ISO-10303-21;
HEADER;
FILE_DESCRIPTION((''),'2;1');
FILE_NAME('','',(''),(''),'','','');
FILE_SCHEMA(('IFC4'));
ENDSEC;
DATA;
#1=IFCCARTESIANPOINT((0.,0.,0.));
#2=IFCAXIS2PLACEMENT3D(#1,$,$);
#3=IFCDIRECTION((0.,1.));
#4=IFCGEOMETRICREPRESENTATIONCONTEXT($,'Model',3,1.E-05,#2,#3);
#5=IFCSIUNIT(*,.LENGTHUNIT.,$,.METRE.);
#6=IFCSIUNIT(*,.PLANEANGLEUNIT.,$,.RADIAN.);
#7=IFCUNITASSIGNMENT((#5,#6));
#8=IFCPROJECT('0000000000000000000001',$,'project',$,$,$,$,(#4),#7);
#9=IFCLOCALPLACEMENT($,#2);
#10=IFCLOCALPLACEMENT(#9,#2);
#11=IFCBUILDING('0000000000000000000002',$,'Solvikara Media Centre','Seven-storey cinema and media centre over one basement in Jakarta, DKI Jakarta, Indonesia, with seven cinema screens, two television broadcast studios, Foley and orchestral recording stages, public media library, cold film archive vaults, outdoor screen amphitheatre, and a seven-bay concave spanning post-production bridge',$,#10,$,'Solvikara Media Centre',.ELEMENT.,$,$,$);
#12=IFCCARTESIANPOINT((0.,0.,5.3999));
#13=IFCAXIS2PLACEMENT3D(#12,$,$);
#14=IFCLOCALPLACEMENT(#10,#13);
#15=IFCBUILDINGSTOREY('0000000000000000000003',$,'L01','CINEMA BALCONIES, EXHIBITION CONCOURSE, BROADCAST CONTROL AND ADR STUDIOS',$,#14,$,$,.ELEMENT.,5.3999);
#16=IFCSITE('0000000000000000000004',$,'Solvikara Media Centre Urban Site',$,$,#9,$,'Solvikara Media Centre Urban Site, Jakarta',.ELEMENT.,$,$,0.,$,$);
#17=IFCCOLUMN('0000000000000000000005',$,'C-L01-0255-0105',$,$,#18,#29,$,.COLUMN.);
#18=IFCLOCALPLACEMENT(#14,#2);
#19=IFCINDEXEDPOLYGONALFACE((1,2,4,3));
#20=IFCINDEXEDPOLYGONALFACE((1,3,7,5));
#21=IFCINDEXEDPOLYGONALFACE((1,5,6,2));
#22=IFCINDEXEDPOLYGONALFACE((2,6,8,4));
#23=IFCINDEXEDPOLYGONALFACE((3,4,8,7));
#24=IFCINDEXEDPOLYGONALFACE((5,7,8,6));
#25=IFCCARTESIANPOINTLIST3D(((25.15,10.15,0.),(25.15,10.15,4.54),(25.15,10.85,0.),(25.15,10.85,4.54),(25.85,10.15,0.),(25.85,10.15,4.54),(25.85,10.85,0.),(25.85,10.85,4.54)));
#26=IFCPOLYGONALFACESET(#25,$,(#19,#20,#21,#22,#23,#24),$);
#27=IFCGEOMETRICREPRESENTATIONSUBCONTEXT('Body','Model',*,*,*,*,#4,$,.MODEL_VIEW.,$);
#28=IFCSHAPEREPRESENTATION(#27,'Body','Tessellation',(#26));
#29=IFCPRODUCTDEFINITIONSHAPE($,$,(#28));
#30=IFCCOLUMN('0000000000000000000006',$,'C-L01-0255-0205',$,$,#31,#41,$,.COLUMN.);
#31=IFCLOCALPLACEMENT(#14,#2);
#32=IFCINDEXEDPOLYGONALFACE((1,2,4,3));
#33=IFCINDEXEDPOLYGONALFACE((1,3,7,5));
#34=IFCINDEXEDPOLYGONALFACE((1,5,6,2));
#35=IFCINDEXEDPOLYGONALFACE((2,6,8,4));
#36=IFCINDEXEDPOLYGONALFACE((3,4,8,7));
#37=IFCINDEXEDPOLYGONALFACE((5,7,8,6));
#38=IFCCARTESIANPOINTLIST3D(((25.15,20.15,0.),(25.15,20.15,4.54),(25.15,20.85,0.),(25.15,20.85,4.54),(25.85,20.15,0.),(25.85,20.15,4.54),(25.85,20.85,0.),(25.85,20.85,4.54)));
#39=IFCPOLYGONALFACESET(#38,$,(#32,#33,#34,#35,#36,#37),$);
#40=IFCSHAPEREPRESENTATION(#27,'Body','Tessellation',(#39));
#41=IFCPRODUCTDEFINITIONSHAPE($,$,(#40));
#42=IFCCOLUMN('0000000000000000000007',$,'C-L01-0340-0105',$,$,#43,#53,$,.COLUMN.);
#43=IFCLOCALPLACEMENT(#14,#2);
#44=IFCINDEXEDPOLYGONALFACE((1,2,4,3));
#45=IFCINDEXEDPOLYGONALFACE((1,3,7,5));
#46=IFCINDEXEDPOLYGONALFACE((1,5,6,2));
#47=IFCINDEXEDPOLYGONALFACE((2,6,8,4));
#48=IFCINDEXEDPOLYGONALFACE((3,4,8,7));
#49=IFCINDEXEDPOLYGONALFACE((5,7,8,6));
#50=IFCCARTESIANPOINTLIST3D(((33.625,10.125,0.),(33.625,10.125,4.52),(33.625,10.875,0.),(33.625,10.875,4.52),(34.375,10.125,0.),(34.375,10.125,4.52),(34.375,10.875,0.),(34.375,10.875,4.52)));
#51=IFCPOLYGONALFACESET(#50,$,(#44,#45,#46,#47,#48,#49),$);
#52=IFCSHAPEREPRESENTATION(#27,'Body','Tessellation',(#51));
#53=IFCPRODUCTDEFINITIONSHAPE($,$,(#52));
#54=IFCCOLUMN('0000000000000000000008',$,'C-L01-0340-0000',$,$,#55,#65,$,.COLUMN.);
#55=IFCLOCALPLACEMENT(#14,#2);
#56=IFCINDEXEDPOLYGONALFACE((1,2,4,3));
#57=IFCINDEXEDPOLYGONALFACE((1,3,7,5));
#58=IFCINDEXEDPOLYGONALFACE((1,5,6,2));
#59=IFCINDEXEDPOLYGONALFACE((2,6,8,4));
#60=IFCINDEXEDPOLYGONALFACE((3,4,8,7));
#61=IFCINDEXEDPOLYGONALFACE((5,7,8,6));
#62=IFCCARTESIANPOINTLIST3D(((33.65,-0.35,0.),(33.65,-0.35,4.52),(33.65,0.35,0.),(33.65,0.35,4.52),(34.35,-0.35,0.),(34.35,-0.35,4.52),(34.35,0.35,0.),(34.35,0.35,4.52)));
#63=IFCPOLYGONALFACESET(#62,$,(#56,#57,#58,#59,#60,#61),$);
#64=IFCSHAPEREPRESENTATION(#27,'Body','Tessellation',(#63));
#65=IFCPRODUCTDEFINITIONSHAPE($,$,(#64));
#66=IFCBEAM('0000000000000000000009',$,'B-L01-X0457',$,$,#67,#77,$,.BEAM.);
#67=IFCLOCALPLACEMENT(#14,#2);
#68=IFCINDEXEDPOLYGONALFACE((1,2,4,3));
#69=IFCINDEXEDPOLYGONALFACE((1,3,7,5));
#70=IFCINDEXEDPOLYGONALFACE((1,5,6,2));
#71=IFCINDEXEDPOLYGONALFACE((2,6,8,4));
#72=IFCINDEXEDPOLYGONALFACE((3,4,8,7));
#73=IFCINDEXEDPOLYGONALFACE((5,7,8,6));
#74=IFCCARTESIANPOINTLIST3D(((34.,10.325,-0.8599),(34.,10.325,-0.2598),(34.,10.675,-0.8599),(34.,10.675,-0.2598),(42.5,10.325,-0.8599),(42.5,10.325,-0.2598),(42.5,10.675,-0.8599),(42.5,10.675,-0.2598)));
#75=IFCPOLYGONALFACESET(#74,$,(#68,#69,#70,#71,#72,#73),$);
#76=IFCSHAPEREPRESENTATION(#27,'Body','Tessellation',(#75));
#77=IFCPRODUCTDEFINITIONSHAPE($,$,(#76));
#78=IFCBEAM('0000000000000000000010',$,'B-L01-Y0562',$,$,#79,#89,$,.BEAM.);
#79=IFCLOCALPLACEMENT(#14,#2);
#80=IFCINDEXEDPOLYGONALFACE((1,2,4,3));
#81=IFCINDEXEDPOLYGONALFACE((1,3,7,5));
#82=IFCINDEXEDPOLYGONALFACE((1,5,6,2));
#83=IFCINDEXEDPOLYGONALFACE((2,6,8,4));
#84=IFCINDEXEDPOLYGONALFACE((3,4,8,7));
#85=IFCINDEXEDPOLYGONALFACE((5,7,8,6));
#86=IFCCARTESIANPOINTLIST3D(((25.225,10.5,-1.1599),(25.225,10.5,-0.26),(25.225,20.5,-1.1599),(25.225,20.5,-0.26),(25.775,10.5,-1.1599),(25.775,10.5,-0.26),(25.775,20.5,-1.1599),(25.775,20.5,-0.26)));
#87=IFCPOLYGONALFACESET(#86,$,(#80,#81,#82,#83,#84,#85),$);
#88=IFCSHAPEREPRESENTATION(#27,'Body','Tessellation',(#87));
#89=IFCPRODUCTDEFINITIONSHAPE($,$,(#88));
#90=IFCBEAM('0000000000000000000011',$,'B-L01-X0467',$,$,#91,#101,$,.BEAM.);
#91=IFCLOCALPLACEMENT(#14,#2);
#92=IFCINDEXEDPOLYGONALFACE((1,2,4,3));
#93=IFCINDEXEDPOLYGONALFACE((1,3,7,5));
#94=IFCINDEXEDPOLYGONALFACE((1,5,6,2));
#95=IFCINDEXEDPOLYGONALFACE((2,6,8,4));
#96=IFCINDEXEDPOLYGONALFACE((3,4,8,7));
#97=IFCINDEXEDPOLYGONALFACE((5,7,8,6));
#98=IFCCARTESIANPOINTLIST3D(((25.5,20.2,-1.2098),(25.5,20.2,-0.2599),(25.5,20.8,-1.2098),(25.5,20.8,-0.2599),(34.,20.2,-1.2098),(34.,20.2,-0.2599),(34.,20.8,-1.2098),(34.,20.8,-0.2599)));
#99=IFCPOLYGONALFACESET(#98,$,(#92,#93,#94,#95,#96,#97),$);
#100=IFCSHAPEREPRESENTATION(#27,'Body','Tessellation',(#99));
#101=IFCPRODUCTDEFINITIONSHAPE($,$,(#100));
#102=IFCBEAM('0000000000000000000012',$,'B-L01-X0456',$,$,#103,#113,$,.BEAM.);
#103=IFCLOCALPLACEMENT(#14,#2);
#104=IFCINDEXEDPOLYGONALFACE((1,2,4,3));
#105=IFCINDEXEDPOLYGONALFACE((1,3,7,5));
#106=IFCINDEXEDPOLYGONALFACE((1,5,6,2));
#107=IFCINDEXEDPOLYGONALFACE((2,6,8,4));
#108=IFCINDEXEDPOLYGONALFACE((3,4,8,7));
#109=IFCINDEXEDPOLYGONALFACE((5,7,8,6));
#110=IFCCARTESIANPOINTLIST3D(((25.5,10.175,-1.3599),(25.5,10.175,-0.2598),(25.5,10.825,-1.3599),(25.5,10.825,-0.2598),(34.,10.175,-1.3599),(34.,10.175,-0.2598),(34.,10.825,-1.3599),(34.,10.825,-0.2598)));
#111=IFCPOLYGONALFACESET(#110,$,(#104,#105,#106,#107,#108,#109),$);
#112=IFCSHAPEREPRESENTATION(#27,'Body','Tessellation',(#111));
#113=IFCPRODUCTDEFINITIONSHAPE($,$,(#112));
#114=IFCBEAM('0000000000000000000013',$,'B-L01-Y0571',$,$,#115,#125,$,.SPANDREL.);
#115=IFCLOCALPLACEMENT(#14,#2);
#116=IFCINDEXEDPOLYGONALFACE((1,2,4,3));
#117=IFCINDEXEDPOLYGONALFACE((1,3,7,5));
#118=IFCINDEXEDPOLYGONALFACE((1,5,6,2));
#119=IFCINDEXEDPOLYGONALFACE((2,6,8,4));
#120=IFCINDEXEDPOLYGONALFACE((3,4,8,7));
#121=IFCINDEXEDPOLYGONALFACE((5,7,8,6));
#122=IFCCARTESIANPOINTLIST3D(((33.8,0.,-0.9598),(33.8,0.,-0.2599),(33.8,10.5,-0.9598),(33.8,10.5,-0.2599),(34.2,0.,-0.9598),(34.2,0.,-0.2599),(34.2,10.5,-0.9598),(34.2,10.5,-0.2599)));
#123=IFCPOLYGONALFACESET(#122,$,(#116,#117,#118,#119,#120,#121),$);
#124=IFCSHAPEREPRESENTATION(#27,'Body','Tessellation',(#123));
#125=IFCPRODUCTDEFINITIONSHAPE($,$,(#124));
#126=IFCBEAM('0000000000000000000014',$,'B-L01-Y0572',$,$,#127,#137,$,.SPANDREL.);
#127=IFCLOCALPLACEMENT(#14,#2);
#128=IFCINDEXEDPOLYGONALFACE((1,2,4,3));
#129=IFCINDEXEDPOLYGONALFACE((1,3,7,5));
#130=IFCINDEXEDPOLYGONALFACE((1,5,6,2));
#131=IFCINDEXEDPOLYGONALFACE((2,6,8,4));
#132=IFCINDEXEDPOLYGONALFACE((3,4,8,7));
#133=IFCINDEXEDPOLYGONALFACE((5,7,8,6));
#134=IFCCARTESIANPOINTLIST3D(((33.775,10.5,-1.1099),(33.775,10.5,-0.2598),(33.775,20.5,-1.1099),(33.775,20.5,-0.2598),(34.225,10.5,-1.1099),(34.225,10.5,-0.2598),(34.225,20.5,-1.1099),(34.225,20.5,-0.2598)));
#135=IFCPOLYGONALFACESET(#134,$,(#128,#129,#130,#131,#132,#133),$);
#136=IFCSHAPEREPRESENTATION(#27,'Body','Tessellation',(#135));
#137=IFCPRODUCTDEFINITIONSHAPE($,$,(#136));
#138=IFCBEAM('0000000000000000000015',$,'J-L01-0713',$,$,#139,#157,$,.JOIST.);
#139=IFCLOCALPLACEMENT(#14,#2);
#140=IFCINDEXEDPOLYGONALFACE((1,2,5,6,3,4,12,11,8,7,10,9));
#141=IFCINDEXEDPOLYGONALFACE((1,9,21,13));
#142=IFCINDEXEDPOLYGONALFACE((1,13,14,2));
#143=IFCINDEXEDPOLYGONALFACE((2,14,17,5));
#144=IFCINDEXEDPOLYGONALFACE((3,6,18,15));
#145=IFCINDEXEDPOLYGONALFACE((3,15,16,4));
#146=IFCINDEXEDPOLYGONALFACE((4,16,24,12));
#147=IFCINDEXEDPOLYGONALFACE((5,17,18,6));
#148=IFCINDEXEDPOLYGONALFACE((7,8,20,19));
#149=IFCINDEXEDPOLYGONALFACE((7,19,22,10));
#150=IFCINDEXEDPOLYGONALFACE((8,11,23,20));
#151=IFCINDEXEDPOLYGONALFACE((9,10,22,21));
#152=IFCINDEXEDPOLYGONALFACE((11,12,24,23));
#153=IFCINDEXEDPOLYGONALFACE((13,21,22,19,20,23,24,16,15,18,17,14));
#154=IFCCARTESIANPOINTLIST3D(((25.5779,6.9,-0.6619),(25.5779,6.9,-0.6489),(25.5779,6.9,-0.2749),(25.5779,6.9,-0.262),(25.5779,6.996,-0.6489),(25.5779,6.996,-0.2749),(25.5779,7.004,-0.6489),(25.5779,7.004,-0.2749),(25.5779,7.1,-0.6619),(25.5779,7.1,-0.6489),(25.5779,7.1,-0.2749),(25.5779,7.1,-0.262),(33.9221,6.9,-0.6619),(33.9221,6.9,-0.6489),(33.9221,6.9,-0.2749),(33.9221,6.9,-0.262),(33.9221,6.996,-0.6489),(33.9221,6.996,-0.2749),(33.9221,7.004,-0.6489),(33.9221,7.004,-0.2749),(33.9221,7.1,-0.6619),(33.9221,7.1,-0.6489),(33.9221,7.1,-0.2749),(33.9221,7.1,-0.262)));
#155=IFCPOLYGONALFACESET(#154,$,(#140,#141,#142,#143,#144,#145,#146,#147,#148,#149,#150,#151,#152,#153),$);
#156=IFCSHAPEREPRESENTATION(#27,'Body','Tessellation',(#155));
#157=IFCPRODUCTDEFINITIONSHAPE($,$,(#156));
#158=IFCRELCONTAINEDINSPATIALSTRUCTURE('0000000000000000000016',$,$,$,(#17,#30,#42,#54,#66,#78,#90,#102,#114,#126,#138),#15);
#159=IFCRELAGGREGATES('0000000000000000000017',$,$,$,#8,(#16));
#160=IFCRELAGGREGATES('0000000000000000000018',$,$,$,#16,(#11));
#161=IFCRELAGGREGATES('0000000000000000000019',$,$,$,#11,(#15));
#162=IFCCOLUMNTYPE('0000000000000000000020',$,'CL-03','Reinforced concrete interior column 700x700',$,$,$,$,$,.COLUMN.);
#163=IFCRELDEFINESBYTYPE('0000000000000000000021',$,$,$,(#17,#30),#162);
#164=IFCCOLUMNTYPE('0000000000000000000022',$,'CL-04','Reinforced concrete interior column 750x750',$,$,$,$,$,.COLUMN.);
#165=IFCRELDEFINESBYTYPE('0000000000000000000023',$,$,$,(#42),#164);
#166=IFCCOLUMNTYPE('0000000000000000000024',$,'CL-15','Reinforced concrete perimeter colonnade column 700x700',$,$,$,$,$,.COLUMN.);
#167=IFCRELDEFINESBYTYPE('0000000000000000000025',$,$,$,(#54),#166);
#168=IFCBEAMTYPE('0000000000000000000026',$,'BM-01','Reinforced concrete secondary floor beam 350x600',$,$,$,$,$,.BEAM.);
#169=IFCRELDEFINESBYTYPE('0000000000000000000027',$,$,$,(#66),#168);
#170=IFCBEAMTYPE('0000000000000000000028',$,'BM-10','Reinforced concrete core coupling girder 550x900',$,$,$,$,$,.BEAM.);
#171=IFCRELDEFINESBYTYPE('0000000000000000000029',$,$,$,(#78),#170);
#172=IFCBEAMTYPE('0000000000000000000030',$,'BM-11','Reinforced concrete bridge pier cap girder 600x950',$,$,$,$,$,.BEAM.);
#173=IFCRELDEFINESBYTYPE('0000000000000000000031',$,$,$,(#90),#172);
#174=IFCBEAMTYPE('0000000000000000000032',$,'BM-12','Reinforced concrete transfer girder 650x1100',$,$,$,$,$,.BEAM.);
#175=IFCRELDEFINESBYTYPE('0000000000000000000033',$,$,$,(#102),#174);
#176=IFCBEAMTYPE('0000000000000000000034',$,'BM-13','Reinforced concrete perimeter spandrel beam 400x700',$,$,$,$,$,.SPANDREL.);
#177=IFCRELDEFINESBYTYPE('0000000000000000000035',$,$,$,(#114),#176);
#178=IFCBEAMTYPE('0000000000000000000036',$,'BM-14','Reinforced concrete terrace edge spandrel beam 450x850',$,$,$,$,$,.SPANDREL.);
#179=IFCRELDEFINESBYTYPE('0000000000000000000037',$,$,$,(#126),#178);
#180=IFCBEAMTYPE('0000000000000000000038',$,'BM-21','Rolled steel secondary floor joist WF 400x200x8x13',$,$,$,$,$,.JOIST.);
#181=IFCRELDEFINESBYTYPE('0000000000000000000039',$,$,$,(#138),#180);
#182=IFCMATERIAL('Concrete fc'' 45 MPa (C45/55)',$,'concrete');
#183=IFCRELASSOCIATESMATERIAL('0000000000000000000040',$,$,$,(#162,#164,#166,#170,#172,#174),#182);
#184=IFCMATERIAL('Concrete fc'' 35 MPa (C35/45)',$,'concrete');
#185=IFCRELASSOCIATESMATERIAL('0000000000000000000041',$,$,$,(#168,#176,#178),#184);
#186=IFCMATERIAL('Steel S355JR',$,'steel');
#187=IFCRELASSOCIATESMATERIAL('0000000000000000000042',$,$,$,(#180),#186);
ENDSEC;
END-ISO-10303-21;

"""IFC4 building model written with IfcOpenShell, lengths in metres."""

from ifc_helpers import new_model, si_unit, direction, frame, origin, origin_2d, place, context, subcontext, project, spatial, rectangle, i_section, extrude, material, material_profile, profile_set, type_object, element, save


model = new_model("IFC4")

# Units and contexts
model_context = context("Model", 3, precision=1e-05, world=origin(), true_north=direction((0.0, 1.0)))
body_context = subcontext(model_context, "Body", "Model", "MODEL_VIEW")
ifc_project = project(units=[si_unit("LENGTHUNIT", "METRE"), si_unit("PLANEANGLEUNIT", "RADIAN")], contexts=[model_context])

# Site, building, storey
site_placement = place(None, origin())
site = spatial("IfcSite", under=ifc_project, at=site_placement, Name="Solvikara Media Centre Urban Site", LongName="Solvikara Media Centre Urban Site, Jakarta", CompositionType="ELEMENT", RefElevation=0.0)
building_placement = place(site_placement, origin())
building = spatial("IfcBuilding", under=site, at=building_placement, Name="Solvikara Media Centre", Description="Seven-storey cinema and media centre over one basement in Jakarta, DKI Jakarta, Indonesia, with seven cinema screens, two television broadcast studios, Foley and orchestral recording stages, public media library, cold film archive vaults, outdoor screen amphitheatre, and a seven-bay concave spanning post-production bridge", LongName="Solvikara Media Centre", CompositionType="ELEMENT")
storey_placement = place(building_placement, frame((0.0, 0.0, 5.3999)))
storey = spatial("IfcBuildingStorey", under=building, at=storey_placement, Name="L01", Description="CINEMA BALCONIES, EXHIBITION CONCOURSE, BROADCAST CONTROL AND ADR STUDIOS", CompositionType="ELEMENT", Elevation=5.3999)

# Columns
ifc_material_1 = material(Name="Concrete fc' 45 MPa (C45/55)", Category="concrete")
ifc_material_profile_1 = material_profile(ifc_material_1, rectangle(XDim=0.7, YDim=0.7, at=origin_2d()), Name="RC 700x700")
ifc_profile_set_1 = profile_set([ifc_material_profile_1], Name="Concrete fc' 45 MPa (C45/55)")
column_type_1 = type_object("IfcColumnType", Name="CL-03", Description="Reinforced concrete interior column 700x700", PredefinedType="COLUMN", material=ifc_profile_set_1)
for number, where, z_axis, x_axis, name in (
    (1, (25.5, 10.5, 0.0), (0.0, 0.0, 1.0), (1.0, 0.0, 0.0), "C-L01-0255-0105"),
    (2, (25.5, 20.5, 0.0), (0.0, 0.0, 1.0), (1.0, 0.0, 0.0), "C-L01-0255-0205"),
):
    element("IfcColumn", number, at=place(storey_placement, frame(where, z_axis=z_axis, x_axis=x_axis)), inside=storey, type_object=column_type_1, Name=name, PredefinedType="COLUMN", context=body_context, shape_type="SweptSolid", body=[
        extrude(rectangle(XDim=0.7, YDim=0.7, at=origin_2d()), origin(), (0.0, 0.0, 1.0), 4.54),
    ])
ifc_material_profile_2 = material_profile(ifc_material_1, rectangle(XDim=0.75, YDim=0.75, at=origin_2d()), Name="RC 750x750")
ifc_profile_set_2 = profile_set([ifc_material_profile_2], Name="Concrete fc' 45 MPa (C45/55)")
column_type_2 = type_object("IfcColumnType", Name="CL-04", Description="Reinforced concrete interior column 750x750", PredefinedType="COLUMN", material=ifc_profile_set_2)
column_1_placement = place(storey_placement, frame((34.0, 10.5, 0.0), z_axis=(0.0, 0.0, 1.0), x_axis=(1.0, 0.0, 0.0)))
element("IfcColumn", 3, at=column_1_placement, inside=storey, type_object=column_type_2, Name="C-L01-0340-0105", PredefinedType="COLUMN", context=body_context, shape_type="SweptSolid", body=[
    extrude(rectangle(XDim=0.75, YDim=0.75, at=origin_2d()), origin(), (0.0, 0.0, 1.0), 4.52),
])
ifc_material_profile_3 = material_profile(ifc_material_1, rectangle(XDim=0.7, YDim=0.7, at=origin_2d()), Name="RC 700x700")
ifc_profile_set_3 = profile_set([ifc_material_profile_3], Name="Concrete fc' 45 MPa (C45/55)")
column_type_3 = type_object("IfcColumnType", Name="CL-15", Description="Reinforced concrete perimeter colonnade column 700x700", PredefinedType="COLUMN", material=ifc_profile_set_3)
column_2_placement = place(storey_placement, frame((34.0, 0.0, 0.0), z_axis=(0.0, 0.0, 1.0), x_axis=(1.0, 0.0, 0.0)))
element("IfcColumn", 4, at=column_2_placement, inside=storey, type_object=column_type_3, Name="C-L01-0340-0000", PredefinedType="COLUMN", context=body_context, shape_type="SweptSolid", body=[
    extrude(rectangle(XDim=0.7, YDim=0.7, at=origin_2d()), origin(), (0.0, 0.0, 1.0), 4.52),
])

# Beams
ifc_material_2 = material(Name="Concrete fc' 35 MPa (C35/45)", Category="concrete")
ifc_material_profile_4 = material_profile(ifc_material_2, rectangle(XDim=0.3501, YDim=0.6001, at=origin_2d()), Name="RC 350x600")
ifc_profile_set_4 = profile_set([ifc_material_profile_4], Name="Concrete fc' 35 MPa (C35/45)")
beam_type_1 = type_object("IfcBeamType", Name="BM-01", Description="Reinforced concrete secondary floor beam 350x600", PredefinedType="BEAM", material=ifc_profile_set_4)
beam_1_placement = place(storey_placement, frame((34.0, 10.5, -0.5598), z_axis=(1.0, 0.0, 0.0), x_axis=(0.0, 1.0, 0.0)))
element("IfcBeam", 5, at=beam_1_placement, inside=storey, type_object=beam_type_1, Name="B-L01-X0457", PredefinedType="BEAM", context=body_context, shape_type="SweptSolid", body=[
    extrude(rectangle(XDim=0.3501, YDim=0.6001, at=origin_2d()), origin(), (0.0, 0.0, 1.0), 8.5),
])
ifc_material_profile_5 = material_profile(ifc_material_1, rectangle(XDim=0.55, YDim=0.8999, at=origin_2d()), Name="RC 550x900")
ifc_profile_set_5 = profile_set([ifc_material_profile_5], Name="Concrete fc' 45 MPa (C45/55)")
beam_type_2 = type_object("IfcBeamType", Name="BM-10", Description="Reinforced concrete core coupling girder 550x900", PredefinedType="BEAM", material=ifc_profile_set_5)
beam_2_placement = place(storey_placement, frame((25.5, 10.5, -0.71), z_axis=(0.0, 1.0, 0.0), x_axis=(-1.0, 0.0, 0.0)))
element("IfcBeam", 6, at=beam_2_placement, inside=storey, type_object=beam_type_2, Name="B-L01-Y0562", PredefinedType="BEAM", context=body_context, shape_type="SweptSolid", body=[
    extrude(rectangle(XDim=0.55, YDim=0.8999, at=origin_2d()), origin(), (0.0, 0.0, 1.0), 10.0),
])
ifc_material_profile_6 = material_profile(ifc_material_1, rectangle(XDim=0.6001, YDim=0.95, at=origin_2d()), Name="RC 600x950")
ifc_profile_set_6 = profile_set([ifc_material_profile_6], Name="Concrete fc' 45 MPa (C45/55)")
beam_type_3 = type_object("IfcBeamType", Name="BM-11", Description="Reinforced concrete bridge pier cap girder 600x950", PredefinedType="BEAM", material=ifc_profile_set_6)
beam_3_placement = place(storey_placement, frame((25.5, 20.5, -0.7349), z_axis=(1.0, 0.0, 0.0), x_axis=(0.0, 1.0, 0.0)))
element("IfcBeam", 7, at=beam_3_placement, inside=storey, type_object=beam_type_3, Name="B-L01-X0467", PredefinedType="BEAM", context=body_context, shape_type="SweptSolid", body=[
    extrude(rectangle(XDim=0.6001, YDim=0.95, at=origin_2d()), origin(), (0.0, 0.0, 1.0), 8.5),
])
ifc_material_profile_7 = material_profile(ifc_material_1, rectangle(XDim=0.6499, YDim=1.1001, at=origin_2d()), Name="RC 650x1100")
ifc_profile_set_7 = profile_set([ifc_material_profile_7], Name="Concrete fc' 45 MPa (C45/55)")
beam_type_4 = type_object("IfcBeamType", Name="BM-12", Description="Reinforced concrete transfer girder 650x1100", PredefinedType="BEAM", material=ifc_profile_set_7)
beam_4_placement = place(storey_placement, frame((25.5, 10.5, -0.8098), z_axis=(1.0, 0.0, 0.0), x_axis=(0.0, 1.0, 0.0)))
element("IfcBeam", 8, at=beam_4_placement, inside=storey, type_object=beam_type_4, Name="B-L01-X0456", PredefinedType="BEAM", context=body_context, shape_type="SweptSolid", body=[
    extrude(rectangle(XDim=0.6499, YDim=1.1001, at=origin_2d()), origin(), (0.0, 0.0, 1.0), 8.5),
])
ifc_material_profile_8 = material_profile(ifc_material_2, rectangle(XDim=0.3999, YDim=0.7, at=origin_2d()), Name="RC 400x700")
ifc_profile_set_8 = profile_set([ifc_material_profile_8], Name="Concrete fc' 35 MPa (C35/45)")
beam_type_5 = type_object("IfcBeamType", Name="BM-13", Description="Reinforced concrete perimeter spandrel beam 400x700", PredefinedType="SPANDREL", material=ifc_profile_set_8)
beam_5_placement = place(storey_placement, frame((34.0, 0.0, -0.6099), z_axis=(0.0, 1.0, 0.0), x_axis=(-1.0, 0.0, 0.0)))
element("IfcBeam", 9, at=beam_5_placement, inside=storey, type_object=beam_type_5, Name="B-L01-Y0571", PredefinedType="SPANDREL", context=body_context, shape_type="SweptSolid", body=[
    extrude(rectangle(XDim=0.3999, YDim=0.7, at=origin_2d()), origin(), (0.0, 0.0, 1.0), 10.5),
])
ifc_material_profile_9 = material_profile(ifc_material_2, rectangle(XDim=0.45, YDim=0.8501, at=origin_2d()), Name="RC 450x850")
ifc_profile_set_9 = profile_set([ifc_material_profile_9], Name="Concrete fc' 35 MPa (C35/45)")
beam_type_6 = type_object("IfcBeamType", Name="BM-14", Description="Reinforced concrete terrace edge spandrel beam 450x850", PredefinedType="SPANDREL", material=ifc_profile_set_9)
beam_6_placement = place(storey_placement, frame((34.0, 10.5, -0.6848), z_axis=(0.0, 1.0, 0.0), x_axis=(-1.0, 0.0, 0.0)))
element("IfcBeam", 10, at=beam_6_placement, inside=storey, type_object=beam_type_6, Name="B-L01-Y0572", PredefinedType="SPANDREL", context=body_context, shape_type="SweptSolid", body=[
    extrude(rectangle(XDim=0.45, YDim=0.8501, at=origin_2d()), origin(), (0.0, 0.0, 1.0), 10.0),
])
ifc_material_3 = material(Name="Steel S355JR", Category="steel")
ifc_material_profile_10 = material_profile(ifc_material_3, i_section(OverallWidth=0.2, OverallDepth=0.3999, WebThickness=0.0081, FlangeThickness=0.0129, at=origin_2d()), Name="WF 400x200x8x13")
ifc_profile_set_10 = profile_set([ifc_material_profile_10], Name="Steel S355JR")
beam_type_7 = type_object("IfcBeamType", Name="BM-21", Description="Rolled steel secondary floor joist WF 400x200x8x13", PredefinedType="JOIST", material=ifc_profile_set_10)
beam_7_placement = place(storey_placement, frame((25.5779, 7.0, -0.4619), z_axis=(1.0, 0.0, 0.0), x_axis=(0.0, 1.0, 0.0)))
element("IfcBeam", 11, at=beam_7_placement, inside=storey, type_object=beam_type_7, Name="J-L01-0713", PredefinedType="JOIST", context=body_context, shape_type="SweptSolid", body=[
    extrude(i_section(OverallWidth=0.2, OverallDepth=0.3999, WebThickness=0.0081, FlangeThickness=0.0129, at=origin_2d()), origin(), (0.0, 0.0, 1.0), 8.3442),
])

save(model, "model.ifc")
